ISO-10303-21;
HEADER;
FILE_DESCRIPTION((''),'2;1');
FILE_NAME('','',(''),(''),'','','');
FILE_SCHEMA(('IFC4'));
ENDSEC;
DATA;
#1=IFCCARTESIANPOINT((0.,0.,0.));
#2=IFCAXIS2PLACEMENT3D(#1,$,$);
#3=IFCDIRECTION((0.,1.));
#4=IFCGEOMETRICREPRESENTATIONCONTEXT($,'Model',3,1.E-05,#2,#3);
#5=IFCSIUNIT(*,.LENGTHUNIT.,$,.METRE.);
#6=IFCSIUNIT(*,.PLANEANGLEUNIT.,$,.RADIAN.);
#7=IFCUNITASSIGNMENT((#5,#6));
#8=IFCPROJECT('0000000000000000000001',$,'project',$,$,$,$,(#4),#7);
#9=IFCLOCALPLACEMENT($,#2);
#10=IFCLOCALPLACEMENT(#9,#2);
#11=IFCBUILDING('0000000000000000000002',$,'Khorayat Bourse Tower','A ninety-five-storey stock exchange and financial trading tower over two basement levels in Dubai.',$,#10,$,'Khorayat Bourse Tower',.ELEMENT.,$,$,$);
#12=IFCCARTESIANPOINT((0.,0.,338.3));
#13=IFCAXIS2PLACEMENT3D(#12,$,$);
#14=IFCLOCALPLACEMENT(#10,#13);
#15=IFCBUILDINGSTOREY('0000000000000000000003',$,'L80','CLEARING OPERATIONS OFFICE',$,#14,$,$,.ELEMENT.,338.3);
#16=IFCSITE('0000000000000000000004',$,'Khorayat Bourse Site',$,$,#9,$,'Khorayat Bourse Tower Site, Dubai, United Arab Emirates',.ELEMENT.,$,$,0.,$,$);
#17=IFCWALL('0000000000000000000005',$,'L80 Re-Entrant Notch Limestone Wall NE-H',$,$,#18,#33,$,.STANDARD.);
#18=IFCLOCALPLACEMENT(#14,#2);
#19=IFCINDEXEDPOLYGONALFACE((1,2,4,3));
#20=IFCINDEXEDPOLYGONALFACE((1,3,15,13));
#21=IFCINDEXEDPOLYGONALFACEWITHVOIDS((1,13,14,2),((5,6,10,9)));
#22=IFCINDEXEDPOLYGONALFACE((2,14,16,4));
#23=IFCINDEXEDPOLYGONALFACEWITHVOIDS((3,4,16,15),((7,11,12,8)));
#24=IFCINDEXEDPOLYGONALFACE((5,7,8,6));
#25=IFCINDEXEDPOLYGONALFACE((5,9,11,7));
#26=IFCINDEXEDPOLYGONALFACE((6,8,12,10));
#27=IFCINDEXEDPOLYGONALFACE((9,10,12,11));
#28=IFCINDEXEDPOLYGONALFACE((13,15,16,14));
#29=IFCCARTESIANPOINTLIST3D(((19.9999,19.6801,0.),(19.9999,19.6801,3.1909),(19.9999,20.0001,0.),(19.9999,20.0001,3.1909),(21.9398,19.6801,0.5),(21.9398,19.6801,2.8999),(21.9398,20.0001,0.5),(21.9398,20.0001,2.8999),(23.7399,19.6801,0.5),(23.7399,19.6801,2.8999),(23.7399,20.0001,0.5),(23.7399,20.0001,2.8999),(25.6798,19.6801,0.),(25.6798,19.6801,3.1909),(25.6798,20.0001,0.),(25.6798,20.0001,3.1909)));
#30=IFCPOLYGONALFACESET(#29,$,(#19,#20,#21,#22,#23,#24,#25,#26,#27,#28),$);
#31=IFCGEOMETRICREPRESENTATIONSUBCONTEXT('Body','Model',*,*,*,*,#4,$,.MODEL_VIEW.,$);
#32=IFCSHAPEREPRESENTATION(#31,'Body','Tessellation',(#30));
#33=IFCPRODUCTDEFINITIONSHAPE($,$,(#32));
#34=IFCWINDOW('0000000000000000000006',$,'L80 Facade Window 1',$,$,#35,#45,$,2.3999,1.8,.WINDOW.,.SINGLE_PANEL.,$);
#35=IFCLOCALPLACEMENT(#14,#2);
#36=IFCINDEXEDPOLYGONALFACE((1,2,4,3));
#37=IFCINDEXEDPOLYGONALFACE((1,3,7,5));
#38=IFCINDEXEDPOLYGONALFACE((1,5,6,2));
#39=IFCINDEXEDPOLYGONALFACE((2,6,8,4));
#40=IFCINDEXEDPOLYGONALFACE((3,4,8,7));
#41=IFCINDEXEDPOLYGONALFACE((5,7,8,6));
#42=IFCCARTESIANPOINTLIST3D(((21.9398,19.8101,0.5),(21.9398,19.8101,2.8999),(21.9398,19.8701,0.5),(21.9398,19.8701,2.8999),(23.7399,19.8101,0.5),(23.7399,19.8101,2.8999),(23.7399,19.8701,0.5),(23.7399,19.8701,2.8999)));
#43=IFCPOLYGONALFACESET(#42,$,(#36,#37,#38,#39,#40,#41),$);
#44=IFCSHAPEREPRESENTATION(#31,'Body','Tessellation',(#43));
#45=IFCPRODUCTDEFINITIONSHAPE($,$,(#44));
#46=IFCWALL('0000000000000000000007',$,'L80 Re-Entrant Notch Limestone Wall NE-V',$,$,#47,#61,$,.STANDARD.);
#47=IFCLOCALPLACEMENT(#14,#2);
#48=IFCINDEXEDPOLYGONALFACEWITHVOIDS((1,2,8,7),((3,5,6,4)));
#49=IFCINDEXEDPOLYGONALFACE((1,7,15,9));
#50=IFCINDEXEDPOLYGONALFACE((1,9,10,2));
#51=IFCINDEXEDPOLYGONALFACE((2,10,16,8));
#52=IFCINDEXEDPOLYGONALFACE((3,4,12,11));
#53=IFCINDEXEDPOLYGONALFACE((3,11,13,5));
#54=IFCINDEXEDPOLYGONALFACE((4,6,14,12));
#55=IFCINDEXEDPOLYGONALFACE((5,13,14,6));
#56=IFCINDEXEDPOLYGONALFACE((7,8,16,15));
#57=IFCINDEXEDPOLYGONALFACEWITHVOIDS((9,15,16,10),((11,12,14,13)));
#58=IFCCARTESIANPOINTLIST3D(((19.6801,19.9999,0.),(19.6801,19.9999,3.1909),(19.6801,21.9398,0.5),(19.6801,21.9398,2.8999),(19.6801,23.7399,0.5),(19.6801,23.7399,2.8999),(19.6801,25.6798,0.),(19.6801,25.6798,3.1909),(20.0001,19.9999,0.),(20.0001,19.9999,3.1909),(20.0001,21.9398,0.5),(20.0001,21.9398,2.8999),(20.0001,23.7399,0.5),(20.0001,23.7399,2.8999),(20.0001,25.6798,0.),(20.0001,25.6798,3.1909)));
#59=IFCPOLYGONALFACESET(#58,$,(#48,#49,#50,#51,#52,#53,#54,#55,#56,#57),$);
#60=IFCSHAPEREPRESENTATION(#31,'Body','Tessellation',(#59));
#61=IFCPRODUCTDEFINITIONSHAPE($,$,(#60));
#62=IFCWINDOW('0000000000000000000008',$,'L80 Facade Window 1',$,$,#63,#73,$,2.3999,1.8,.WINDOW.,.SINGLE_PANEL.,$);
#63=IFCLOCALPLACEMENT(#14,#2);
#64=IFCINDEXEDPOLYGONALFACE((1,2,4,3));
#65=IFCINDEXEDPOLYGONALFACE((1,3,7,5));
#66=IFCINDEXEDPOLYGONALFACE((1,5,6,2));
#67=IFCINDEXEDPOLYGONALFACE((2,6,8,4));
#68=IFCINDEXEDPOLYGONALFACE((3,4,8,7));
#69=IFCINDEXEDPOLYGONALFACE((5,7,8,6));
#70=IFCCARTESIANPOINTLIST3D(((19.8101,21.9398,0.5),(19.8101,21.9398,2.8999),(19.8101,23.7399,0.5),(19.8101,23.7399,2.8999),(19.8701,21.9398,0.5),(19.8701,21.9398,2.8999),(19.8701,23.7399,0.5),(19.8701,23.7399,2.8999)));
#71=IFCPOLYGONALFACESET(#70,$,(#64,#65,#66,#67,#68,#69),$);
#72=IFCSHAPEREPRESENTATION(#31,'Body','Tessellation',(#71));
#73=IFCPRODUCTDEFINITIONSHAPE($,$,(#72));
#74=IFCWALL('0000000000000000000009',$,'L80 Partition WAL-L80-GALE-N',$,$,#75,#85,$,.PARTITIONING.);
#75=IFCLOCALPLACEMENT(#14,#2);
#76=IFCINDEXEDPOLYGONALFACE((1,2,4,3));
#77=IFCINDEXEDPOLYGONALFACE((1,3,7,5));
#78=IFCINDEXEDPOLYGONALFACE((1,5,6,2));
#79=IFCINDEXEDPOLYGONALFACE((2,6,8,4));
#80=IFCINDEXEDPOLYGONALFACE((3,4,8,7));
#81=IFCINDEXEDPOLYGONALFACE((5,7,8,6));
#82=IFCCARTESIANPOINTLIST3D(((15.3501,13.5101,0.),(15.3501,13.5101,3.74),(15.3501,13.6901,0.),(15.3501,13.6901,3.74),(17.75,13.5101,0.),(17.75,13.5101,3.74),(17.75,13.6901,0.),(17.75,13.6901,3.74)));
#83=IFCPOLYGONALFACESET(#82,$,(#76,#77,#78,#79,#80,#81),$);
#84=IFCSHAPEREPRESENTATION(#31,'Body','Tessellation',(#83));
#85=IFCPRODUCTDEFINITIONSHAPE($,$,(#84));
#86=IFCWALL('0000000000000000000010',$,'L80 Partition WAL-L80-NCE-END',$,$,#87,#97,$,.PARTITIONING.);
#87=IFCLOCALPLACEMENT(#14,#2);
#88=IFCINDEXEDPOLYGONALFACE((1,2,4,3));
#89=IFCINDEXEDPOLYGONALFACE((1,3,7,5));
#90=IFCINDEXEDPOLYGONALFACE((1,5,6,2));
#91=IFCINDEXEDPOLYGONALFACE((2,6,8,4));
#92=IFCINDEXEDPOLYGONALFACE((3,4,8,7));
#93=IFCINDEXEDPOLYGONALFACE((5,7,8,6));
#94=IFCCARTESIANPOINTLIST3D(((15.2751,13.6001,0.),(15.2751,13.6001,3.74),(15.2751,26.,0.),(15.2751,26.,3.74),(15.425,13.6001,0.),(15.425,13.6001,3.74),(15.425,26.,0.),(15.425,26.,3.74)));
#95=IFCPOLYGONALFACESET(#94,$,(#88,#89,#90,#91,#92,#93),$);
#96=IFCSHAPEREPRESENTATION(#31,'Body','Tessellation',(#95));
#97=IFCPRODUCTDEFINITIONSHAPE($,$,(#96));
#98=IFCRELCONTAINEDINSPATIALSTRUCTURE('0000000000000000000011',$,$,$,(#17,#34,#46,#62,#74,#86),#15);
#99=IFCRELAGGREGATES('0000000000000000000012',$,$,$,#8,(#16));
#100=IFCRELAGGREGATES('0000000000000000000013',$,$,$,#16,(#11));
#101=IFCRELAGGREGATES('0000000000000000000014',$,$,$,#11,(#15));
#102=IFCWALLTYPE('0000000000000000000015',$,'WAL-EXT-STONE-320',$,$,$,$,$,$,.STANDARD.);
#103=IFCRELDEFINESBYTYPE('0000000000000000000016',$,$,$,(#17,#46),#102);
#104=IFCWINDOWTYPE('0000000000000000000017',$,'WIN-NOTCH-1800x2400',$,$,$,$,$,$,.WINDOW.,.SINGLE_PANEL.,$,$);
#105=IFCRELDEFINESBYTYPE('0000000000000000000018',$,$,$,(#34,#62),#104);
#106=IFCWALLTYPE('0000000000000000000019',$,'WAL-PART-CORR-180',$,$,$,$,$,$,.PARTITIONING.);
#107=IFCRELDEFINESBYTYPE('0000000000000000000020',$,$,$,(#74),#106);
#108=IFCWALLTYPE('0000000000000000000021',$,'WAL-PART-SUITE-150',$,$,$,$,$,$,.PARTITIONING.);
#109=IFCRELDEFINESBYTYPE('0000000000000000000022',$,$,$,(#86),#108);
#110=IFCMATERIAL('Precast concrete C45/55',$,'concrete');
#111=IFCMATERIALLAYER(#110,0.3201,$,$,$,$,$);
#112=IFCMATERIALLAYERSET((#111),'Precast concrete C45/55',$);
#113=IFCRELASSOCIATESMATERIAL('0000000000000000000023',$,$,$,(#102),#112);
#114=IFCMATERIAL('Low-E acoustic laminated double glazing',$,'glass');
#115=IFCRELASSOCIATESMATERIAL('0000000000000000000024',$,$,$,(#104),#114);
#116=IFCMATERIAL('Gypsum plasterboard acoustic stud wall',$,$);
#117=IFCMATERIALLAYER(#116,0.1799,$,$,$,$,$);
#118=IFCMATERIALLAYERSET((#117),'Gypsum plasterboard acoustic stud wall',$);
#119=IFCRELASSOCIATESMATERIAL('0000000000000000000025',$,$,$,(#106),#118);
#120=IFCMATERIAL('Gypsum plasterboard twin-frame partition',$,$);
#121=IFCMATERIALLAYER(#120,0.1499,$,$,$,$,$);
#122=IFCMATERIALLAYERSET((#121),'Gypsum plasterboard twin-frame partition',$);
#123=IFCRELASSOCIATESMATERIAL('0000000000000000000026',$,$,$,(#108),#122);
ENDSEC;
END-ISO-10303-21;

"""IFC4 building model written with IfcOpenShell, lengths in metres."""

from ifc_helpers import new_model, si_unit, direction, frame, frame_2d, origin, place, context, subcontext, project, spatial, rectangle, extrude, source, transform, mapped, material, layer, layer_set, type_object, element, fill, save


model = new_model("IFC4")

# Units and contexts
model_context = context("Model", 3, precision=1e-05, world=origin(), true_north=direction((0.0, 1.0)))
body_context = subcontext(model_context, "Body", "Model", "MODEL_VIEW")
ifc_project = project(units=[si_unit("LENGTHUNIT", "METRE"), si_unit("PLANEANGLEUNIT", "RADIAN")], contexts=[model_context])

# Site, building, storey
site_placement = place(None, origin())
site = spatial("IfcSite", under=ifc_project, at=site_placement, Name="Khorayat Bourse Site", LongName="Khorayat Bourse Tower Site, Dubai, United Arab Emirates", CompositionType="ELEMENT", RefElevation=0.0)
building_placement = place(site_placement, origin())
building = spatial("IfcBuilding", under=site, at=building_placement, Name="Khorayat Bourse Tower", Description="A ninety-five-storey stock exchange and financial trading tower over two basement levels in Dubai.", LongName="Khorayat Bourse Tower", CompositionType="ELEMENT")
storey_placement = place(building_placement, frame((0.0, 0.0, 338.3)))
storey = spatial("IfcBuildingStorey", under=building, at=storey_placement, Name="L80", Description="CLEARING OPERATIONS OFFICE", CompositionType="ELEMENT", Elevation=338.3)

# Walls, openings, windows
ifc_material_1 = material(Name="Precast concrete C45/55", Category="concrete")
ifc_layer_1 = layer(ifc_material_1, 0.3201)
ifc_layer_set_1 = layer_set([ifc_layer_1], Name="Precast concrete C45/55")
wall_type_1 = type_object("IfcWallType", Name="WAL-EXT-STONE-320", PredefinedType="STANDARD", material=ifc_layer_set_1)
shared_shape_1 = source(origin(), body_context, "Body", "SweptSolid", [
    extrude(rectangle(XDim=5.6799, YDim=0.3201, at=frame_2d((2.8398, 0.0))), origin(), (0.0, 0.0, 1.0), 3.1909),
])
wall_1_placement = place(storey_placement, frame((20.0, 19.8401, 0.0), z_axis=(0.0, 0.0, 1.0), x_axis=(1.0, 0.0, 0.0)))
wall_1 = element("IfcWall", 1, at=wall_1_placement, inside=storey, type_object=wall_type_1, Name="L80 Re-Entrant Notch Limestone Wall NE-H", PredefinedType="STANDARD", context=body_context, shape_type="MappedRepresentation", body=[
    mapped(shared_shape_1, transform((0.0, 0.0, 0.0), scale=1.0)),
])
shared_shape_2 = source(origin(), body_context, "Body", "SweptSolid", [
    extrude(rectangle(XDim=1.8, YDim=2.3999, at=frame_2d((0.8999, 1.2))), frame((0.0, 0.1699, 0.0), z_axis=(0.0, -1.0, 0.0), x_axis=(1.0, 0.0, 0.0)), (0.0, 0.0, 1.0), 0.3401),
])
opening_1_placement = place(wall_1_placement, frame((1.9399, 0.0, 0.5)))
opening_1 = element("IfcOpeningElement", 2, at=opening_1_placement, cuts=wall_1, PredefinedType="OPENING", context=body_context, shape_type="MappedRepresentation", body=[
    mapped(shared_shape_2, transform((0.0, 0.0, 0.0), scale=1.0)),
])
ifc_material_2 = material(Name="Low-E acoustic laminated double glazing", Category="glass")
window_type = type_object("IfcWindowType", Name="WIN-NOTCH-1800x2400", PartitioningType="SINGLE_PANEL", PredefinedType="WINDOW", material=ifc_material_2)
shared_shape_3 = source(origin(), body_context, "Body", "SweptSolid", [
    extrude(rectangle(XDim=1.8, YDim=2.3999, at=frame_2d((0.8999, 1.2))), frame((0.0, 0.03, 0.0), z_axis=(0.0, -1.0, 0.0), x_axis=(1.0, 0.0, 0.0)), (0.0, 0.0, 1.0), 0.0601),
])
window_1_placement = place(opening_1_placement, origin())
window_1 = element("IfcWindow", 3, at=window_1_placement, inside=storey, type_object=window_type, Name="L80 Facade Window 1", OverallHeight=2.3999, OverallWidth=1.8, PartitioningType="SINGLE_PANEL", PredefinedType="WINDOW", context=body_context, shape_type="MappedRepresentation", body=[
    mapped(shared_shape_3, transform((0.0, 0.0, 0.0), scale=1.0)),
])
fill(opening_1, window_1)
wall_2_placement = place(storey_placement, frame((19.8401, 20.0, 0.0), z_axis=(0.0, 0.0, 1.0), x_axis=(0.0, 1.0, 0.0)))
wall_2 = element("IfcWall", 4, at=wall_2_placement, inside=storey, type_object=wall_type_1, Name="L80 Re-Entrant Notch Limestone Wall NE-V", PredefinedType="STANDARD", context=body_context, shape_type="MappedRepresentation", body=[
    mapped(shared_shape_1, transform((0.0, 0.0, 0.0), scale=1.0)),
])
opening_2_placement = place(wall_2_placement, frame((1.9399, 0.0, 0.5)))
opening_2 = element("IfcOpeningElement", 5, at=opening_2_placement, cuts=wall_2, PredefinedType="OPENING", context=body_context, shape_type="MappedRepresentation", body=[
    mapped(shared_shape_2, transform((0.0, 0.0, 0.0), scale=1.0)),
])
window_2_placement = place(opening_2_placement, origin())
window_2 = element("IfcWindow", 6, at=window_2_placement, inside=storey, type_object=window_type, Name="L80 Facade Window 1", OverallHeight=2.3999, OverallWidth=1.8, PartitioningType="SINGLE_PANEL", PredefinedType="WINDOW", context=body_context, shape_type="MappedRepresentation", body=[
    mapped(shared_shape_3, transform((0.0, 0.0, 0.0), scale=1.0)),
])
fill(opening_2, window_2)

# Walls
ifc_material_3 = material(Name="Gypsum plasterboard acoustic stud wall")
ifc_layer_2 = layer(ifc_material_3, 0.1799)
ifc_layer_set_2 = layer_set([ifc_layer_2], Name="Gypsum plasterboard acoustic stud wall")
wall_type_2 = type_object("IfcWallType", Name="WAL-PART-CORR-180", PredefinedType="PARTITIONING", material=ifc_layer_set_2)
shared_shape_4 = source(origin(), body_context, "Body", "SweptSolid", [
    extrude(rectangle(XDim=2.3999, YDim=0.1799, at=frame_2d((1.2, 0.0))), origin(), (0.0, 0.0, 1.0), 3.74),
])
wall_3_placement = place(storey_placement, frame((15.3501, 13.6001, 0.0), z_axis=(0.0, 0.0, 1.0), x_axis=(1.0, 0.0, 0.0)))
element("IfcWall", 7, at=wall_3_placement, inside=storey, type_object=wall_type_2, Name="L80 Partition WAL-L80-GALE-N", PredefinedType="PARTITIONING", context=body_context, shape_type="MappedRepresentation", body=[
    mapped(shared_shape_4, transform((0.0, 0.0, 0.0), scale=1.0)),
])
ifc_material_4 = material(Name="Gypsum plasterboard twin-frame partition")
ifc_layer_3 = layer(ifc_material_4, 0.1499)
ifc_layer_set_3 = layer_set([ifc_layer_3], Name="Gypsum plasterboard twin-frame partition")
wall_type_3 = type_object("IfcWallType", Name="WAL-PART-SUITE-150", PredefinedType="PARTITIONING", material=ifc_layer_set_3)
shared_shape_5 = source(origin(), body_context, "Body", "SweptSolid", [
    extrude(rectangle(XDim=12.3999, YDim=0.1499, at=frame_2d((6.2, 0.0))), origin(), (0.0, 0.0, 1.0), 3.74),
])
wall_4_placement = place(storey_placement, frame((15.3501, 13.6001, 0.0), z_axis=(0.0, 0.0, 1.0), x_axis=(0.0, 1.0, 0.0)))
element("IfcWall", 8, at=wall_4_placement, inside=storey, type_object=wall_type_3, Name="L80 Partition WAL-L80-NCE-END", PredefinedType="PARTITIONING", context=body_context, shape_type="MappedRepresentation", body=[
    mapped(shared_shape_5, transform((0.0, 0.0, 0.0), scale=1.0)),
])

save(model, "model.ifc")
